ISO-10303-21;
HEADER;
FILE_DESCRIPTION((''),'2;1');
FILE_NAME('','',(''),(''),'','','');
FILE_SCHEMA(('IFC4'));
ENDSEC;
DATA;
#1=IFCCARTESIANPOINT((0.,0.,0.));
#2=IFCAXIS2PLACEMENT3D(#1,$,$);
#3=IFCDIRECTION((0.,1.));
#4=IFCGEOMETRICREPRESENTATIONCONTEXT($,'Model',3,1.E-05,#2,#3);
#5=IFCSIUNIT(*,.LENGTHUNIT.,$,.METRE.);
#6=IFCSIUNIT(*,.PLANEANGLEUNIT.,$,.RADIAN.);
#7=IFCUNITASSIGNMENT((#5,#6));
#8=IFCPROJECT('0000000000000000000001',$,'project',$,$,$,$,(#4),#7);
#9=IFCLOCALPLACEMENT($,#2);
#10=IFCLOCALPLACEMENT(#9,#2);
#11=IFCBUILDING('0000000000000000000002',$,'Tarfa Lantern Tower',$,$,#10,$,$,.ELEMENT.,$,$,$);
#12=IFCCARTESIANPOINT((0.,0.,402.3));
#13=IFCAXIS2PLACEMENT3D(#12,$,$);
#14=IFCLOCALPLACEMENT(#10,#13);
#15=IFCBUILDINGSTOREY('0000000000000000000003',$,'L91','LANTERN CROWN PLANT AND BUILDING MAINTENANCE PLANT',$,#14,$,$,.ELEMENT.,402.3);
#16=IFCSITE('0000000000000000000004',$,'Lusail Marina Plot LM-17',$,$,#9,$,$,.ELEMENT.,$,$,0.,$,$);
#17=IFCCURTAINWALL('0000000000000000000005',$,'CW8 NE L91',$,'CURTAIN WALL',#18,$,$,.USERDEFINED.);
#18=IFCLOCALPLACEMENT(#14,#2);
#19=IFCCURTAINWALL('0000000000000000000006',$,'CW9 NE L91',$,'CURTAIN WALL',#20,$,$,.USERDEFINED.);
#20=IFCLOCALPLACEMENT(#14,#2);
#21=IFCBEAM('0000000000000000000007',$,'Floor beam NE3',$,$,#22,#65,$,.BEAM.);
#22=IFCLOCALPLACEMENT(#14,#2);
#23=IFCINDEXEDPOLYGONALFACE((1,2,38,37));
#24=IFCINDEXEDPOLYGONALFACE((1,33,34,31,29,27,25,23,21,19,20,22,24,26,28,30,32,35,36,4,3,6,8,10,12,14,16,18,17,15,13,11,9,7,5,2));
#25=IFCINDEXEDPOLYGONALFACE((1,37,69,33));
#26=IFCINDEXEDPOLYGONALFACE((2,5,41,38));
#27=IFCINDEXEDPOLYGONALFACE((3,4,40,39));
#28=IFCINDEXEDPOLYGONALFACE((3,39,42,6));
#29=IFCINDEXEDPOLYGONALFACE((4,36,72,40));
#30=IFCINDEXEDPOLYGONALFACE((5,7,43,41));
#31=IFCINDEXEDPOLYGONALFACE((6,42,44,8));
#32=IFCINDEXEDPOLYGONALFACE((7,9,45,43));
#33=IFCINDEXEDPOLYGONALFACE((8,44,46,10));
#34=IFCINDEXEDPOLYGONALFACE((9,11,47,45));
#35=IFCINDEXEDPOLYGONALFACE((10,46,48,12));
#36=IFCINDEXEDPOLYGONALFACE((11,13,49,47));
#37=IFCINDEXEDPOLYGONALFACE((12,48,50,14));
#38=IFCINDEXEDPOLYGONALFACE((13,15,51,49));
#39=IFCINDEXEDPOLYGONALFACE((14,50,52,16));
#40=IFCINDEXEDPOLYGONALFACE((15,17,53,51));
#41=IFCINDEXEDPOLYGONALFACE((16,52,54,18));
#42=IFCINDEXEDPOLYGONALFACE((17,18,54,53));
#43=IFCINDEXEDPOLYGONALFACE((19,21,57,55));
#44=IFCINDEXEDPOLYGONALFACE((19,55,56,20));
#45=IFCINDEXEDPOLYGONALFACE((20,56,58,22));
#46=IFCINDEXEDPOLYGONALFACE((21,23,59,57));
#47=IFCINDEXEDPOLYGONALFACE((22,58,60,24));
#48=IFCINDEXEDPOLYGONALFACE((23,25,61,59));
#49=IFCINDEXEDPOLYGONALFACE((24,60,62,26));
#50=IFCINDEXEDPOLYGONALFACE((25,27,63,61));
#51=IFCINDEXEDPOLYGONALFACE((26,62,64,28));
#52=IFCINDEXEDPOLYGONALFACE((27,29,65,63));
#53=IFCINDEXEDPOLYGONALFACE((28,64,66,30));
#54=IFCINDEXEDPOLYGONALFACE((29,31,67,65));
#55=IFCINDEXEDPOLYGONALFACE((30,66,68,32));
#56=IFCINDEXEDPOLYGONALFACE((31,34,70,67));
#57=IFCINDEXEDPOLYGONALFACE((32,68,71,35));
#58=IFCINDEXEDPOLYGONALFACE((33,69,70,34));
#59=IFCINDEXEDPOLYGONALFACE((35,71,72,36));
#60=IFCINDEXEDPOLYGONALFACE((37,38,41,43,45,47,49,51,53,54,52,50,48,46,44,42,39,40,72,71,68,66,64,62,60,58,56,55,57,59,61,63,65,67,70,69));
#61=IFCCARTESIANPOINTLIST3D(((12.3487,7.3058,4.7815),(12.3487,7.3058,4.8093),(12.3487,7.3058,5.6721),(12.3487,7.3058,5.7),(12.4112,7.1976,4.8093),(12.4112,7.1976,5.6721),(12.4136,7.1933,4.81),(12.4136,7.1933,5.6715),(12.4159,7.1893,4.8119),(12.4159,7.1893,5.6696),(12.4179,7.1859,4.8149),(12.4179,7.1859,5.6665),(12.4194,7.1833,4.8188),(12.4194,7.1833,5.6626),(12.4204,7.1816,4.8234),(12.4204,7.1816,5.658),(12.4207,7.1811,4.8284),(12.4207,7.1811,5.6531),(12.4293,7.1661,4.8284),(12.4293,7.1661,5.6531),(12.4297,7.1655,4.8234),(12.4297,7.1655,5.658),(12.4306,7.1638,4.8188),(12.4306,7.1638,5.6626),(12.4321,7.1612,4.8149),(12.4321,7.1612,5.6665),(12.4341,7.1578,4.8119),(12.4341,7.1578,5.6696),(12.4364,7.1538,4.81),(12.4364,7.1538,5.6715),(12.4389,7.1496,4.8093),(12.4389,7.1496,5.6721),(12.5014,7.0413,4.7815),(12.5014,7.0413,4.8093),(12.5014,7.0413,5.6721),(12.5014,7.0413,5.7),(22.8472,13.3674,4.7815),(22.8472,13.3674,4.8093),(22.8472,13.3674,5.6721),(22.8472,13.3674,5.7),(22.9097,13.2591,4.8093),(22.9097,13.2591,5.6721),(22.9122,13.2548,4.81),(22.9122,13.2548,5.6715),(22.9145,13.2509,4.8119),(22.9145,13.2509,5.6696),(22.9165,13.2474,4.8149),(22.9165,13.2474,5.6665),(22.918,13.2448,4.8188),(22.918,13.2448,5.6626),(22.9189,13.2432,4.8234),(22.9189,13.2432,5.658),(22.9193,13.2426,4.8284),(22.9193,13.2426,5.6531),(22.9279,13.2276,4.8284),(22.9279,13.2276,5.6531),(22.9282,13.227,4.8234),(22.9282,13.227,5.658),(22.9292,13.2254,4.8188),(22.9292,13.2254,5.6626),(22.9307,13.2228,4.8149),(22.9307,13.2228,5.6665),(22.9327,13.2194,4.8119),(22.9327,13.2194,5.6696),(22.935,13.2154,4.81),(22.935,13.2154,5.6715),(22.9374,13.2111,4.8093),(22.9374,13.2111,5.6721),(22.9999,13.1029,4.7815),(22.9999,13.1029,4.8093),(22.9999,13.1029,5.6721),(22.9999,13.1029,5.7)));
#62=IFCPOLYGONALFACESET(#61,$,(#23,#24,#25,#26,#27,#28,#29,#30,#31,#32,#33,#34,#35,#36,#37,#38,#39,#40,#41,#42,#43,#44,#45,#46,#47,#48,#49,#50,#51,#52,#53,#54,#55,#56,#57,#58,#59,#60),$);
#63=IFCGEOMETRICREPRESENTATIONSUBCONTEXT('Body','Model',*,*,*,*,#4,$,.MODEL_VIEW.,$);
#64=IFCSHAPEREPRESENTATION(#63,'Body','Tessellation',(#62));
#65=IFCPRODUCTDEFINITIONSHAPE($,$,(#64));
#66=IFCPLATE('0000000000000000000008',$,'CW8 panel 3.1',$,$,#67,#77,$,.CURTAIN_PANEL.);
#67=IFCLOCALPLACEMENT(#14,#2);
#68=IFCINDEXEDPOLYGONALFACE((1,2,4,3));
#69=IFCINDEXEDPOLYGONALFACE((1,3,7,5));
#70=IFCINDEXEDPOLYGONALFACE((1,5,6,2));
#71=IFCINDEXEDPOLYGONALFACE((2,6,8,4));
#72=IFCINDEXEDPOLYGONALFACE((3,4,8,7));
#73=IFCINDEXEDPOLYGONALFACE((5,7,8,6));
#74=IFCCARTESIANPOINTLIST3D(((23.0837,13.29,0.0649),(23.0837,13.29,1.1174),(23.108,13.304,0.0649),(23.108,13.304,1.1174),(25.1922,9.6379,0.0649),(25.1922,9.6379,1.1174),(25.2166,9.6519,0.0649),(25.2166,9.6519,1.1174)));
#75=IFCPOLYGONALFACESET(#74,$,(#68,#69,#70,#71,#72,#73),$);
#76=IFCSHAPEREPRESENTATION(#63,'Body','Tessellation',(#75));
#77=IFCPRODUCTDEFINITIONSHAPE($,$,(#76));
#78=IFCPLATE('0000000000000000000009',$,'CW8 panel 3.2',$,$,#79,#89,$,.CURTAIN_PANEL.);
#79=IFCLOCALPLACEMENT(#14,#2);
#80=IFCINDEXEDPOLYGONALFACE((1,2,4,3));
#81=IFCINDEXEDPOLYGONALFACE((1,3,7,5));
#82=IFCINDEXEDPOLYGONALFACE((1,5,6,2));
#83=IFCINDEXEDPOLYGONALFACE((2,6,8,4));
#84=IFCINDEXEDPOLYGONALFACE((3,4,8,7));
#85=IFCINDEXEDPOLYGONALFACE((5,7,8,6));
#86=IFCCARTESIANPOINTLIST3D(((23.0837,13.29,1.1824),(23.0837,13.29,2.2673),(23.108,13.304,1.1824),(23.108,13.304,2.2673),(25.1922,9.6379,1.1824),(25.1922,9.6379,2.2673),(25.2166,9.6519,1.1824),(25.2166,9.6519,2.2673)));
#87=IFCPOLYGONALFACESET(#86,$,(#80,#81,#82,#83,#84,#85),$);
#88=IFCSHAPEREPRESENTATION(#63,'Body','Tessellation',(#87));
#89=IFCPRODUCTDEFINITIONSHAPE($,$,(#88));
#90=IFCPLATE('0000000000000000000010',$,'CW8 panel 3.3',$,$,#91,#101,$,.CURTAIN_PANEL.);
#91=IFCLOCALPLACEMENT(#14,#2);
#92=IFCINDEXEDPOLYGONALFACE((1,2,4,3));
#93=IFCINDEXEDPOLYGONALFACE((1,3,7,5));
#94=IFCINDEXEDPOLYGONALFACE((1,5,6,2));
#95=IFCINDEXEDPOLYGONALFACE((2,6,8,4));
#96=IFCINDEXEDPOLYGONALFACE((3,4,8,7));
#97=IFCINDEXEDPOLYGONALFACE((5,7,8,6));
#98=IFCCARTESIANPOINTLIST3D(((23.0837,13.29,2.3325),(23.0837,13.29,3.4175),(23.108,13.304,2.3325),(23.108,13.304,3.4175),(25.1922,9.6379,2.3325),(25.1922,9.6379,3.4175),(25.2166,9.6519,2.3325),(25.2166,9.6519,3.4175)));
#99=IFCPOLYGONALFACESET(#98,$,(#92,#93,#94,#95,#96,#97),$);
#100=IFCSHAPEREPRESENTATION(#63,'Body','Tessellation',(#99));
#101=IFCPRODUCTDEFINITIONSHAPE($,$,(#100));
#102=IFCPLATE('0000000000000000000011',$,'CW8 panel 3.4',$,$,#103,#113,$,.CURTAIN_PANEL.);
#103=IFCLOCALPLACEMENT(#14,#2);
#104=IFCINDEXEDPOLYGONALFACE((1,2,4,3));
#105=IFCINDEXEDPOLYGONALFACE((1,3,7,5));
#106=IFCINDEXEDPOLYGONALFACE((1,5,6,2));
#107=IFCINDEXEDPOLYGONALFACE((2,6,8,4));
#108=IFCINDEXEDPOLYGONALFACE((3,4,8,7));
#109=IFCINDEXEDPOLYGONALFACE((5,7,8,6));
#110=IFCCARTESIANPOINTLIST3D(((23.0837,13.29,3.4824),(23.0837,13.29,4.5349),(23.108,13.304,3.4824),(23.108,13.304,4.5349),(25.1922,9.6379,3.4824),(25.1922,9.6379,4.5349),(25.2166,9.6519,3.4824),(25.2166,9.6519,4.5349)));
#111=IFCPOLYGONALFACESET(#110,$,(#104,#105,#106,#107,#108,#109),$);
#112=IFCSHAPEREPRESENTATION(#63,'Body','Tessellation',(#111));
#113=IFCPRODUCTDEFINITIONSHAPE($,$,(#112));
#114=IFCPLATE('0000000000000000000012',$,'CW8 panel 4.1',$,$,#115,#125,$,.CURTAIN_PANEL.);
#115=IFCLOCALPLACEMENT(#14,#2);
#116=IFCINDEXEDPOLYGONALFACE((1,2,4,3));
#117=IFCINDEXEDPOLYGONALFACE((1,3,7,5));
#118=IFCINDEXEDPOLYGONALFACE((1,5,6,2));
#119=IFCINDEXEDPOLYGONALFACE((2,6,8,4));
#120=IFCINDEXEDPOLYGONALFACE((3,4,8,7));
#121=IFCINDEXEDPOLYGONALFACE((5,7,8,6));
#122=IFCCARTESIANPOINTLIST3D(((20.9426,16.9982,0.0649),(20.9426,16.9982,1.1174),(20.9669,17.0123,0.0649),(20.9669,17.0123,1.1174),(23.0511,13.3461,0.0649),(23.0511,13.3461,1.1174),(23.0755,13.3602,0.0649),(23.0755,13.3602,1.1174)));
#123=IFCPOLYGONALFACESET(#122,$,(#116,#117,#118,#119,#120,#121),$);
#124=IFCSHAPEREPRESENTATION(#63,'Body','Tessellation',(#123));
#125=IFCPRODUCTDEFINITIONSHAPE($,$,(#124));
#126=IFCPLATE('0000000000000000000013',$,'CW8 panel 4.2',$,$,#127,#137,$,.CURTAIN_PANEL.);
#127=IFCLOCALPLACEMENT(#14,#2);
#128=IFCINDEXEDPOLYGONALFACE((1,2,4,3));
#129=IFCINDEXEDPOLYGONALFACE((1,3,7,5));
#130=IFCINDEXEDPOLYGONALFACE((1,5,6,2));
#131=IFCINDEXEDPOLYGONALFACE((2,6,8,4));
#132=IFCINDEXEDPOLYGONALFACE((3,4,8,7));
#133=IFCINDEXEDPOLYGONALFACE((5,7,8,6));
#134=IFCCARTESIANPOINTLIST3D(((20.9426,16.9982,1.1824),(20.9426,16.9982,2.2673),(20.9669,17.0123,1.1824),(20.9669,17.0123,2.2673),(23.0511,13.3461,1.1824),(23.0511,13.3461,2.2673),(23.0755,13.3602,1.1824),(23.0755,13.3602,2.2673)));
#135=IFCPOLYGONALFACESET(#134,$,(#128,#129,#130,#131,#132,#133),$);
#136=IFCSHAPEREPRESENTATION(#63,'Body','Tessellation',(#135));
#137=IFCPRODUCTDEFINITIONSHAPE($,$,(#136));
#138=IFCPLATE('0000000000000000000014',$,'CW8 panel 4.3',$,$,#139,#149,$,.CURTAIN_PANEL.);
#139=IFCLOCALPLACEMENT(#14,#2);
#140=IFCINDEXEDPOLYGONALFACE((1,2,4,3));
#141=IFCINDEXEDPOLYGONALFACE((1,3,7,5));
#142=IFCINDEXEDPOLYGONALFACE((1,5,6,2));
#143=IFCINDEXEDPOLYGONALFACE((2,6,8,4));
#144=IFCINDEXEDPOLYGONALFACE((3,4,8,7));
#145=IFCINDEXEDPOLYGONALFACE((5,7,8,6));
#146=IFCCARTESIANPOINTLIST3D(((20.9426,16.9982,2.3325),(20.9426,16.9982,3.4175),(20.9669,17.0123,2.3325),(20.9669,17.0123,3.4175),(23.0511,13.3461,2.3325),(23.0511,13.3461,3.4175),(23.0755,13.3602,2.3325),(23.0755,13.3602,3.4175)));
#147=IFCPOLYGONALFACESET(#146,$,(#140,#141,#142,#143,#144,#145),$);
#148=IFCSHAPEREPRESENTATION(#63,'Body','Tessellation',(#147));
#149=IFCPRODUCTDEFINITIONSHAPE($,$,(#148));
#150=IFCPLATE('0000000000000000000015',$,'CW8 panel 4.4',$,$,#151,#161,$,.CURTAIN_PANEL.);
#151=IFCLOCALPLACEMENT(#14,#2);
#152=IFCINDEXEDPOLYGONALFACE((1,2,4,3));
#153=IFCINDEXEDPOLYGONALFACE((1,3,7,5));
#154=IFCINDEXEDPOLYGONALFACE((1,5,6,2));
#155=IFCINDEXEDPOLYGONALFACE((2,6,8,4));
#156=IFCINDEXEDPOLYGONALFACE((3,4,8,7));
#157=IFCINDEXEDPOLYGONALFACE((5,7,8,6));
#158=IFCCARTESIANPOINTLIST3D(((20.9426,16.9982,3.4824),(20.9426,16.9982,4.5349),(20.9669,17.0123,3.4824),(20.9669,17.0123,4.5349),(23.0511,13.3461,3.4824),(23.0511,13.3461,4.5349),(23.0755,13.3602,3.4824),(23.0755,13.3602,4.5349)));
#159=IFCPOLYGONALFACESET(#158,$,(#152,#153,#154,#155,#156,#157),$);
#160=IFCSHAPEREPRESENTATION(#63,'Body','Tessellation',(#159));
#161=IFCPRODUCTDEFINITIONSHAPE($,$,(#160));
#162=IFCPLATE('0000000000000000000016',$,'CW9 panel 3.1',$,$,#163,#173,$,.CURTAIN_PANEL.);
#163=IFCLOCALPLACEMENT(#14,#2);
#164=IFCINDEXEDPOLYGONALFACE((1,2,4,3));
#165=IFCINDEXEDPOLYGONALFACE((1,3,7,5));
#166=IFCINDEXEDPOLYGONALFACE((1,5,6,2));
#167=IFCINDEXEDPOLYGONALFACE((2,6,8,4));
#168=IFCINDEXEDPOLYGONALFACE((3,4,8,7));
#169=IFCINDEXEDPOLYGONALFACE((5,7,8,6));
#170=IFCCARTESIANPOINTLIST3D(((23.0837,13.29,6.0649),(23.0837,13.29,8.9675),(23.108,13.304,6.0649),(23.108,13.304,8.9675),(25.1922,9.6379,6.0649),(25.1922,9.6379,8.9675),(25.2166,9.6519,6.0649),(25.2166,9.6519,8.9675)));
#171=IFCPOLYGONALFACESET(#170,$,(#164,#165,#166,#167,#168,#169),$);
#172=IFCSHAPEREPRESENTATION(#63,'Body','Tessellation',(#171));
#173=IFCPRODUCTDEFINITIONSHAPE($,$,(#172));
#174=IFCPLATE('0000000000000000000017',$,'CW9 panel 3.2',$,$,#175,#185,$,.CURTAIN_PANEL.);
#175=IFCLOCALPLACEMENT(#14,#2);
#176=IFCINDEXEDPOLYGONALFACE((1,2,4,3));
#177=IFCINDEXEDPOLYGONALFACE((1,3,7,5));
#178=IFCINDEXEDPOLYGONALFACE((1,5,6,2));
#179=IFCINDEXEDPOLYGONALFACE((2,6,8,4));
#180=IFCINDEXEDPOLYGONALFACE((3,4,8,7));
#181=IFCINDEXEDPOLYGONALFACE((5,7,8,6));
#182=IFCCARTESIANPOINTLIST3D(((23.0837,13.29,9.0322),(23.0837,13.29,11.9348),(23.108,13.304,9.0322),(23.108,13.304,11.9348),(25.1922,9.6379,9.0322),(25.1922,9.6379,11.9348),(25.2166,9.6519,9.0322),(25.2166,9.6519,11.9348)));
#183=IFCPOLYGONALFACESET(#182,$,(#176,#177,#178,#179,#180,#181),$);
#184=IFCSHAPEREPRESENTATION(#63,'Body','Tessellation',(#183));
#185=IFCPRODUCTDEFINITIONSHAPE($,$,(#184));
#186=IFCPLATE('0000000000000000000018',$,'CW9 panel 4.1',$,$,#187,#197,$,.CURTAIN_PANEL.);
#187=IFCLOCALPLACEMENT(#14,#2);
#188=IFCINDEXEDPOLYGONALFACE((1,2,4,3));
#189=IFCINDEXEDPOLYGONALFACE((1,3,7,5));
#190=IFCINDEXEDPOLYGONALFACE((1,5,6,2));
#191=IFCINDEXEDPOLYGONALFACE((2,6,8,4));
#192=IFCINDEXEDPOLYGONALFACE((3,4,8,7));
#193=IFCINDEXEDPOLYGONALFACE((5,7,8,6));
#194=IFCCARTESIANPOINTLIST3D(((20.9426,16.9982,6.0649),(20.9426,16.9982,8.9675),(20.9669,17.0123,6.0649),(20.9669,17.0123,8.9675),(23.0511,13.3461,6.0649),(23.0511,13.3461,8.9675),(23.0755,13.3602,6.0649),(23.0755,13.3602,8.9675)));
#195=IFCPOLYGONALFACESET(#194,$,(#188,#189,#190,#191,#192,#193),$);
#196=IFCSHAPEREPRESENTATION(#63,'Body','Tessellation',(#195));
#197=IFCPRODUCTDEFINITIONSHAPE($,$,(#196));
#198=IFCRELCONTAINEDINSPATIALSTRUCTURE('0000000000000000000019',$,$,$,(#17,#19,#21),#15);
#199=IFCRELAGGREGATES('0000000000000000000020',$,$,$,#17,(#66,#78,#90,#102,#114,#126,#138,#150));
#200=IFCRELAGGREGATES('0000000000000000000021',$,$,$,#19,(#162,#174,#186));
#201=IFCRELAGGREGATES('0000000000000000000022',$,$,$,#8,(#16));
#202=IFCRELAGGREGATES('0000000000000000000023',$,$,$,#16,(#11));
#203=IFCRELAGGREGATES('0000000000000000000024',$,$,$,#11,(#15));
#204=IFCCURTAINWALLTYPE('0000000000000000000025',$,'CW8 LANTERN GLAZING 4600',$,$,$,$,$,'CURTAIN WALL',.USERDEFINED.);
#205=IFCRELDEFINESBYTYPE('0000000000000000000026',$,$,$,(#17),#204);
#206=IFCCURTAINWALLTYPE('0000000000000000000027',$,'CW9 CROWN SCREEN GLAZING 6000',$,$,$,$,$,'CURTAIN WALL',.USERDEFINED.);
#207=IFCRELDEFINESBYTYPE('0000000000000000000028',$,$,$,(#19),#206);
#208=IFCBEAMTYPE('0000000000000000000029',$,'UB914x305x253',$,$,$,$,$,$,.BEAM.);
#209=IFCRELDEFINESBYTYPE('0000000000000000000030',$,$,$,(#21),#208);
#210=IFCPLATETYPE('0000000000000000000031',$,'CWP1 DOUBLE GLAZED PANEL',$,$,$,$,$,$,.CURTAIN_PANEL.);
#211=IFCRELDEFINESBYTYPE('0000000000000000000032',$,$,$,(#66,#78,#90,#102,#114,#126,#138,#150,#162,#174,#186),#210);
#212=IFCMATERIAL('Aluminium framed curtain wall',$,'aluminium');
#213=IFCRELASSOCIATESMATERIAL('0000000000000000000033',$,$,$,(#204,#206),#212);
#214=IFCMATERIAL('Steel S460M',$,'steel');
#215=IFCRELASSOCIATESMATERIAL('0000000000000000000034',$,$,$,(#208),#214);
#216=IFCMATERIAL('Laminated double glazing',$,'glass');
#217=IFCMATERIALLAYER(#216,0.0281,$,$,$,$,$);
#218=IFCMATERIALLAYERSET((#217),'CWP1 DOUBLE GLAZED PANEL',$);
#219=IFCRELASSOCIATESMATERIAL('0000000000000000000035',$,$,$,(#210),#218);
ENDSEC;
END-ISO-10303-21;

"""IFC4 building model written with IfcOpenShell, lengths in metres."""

from ifc_helpers import new_model, si_unit, direction, frame, origin, origin_2d, place, context, subcontext, project, spatial, rectangle, i_section, extrude, material, layer, layer_set, material_profile, profile_set, type_object, element, aggregate, save


model = new_model("IFC4")

# Units and contexts
model_context = context("Model", 3, precision=1e-05, world=origin(), true_north=direction((0.0, 1.0)))
body_context = subcontext(model_context, "Body", "Model", "MODEL_VIEW")
ifc_project = project(units=[si_unit("LENGTHUNIT", "METRE"), si_unit("PLANEANGLEUNIT", "RADIAN")], contexts=[model_context])

# Site, building, storey
site_placement = place(None, origin())
site = spatial("IfcSite", under=ifc_project, at=site_placement, Name="Lusail Marina Plot LM-17", CompositionType="ELEMENT", RefElevation=0.0)
building_placement = place(site_placement, origin())
building = spatial("IfcBuilding", under=site, at=building_placement, Name="Tarfa Lantern Tower", CompositionType="ELEMENT")
storey_placement = place(building_placement, frame((0.0, 0.0, 402.3)))
storey = spatial("IfcBuildingStorey", under=building, at=storey_placement, Name="L91", Description="LANTERN CROWN PLANT AND BUILDING MAINTENANCE PLANT", CompositionType="ELEMENT", Elevation=402.3)

# Curtain walls
ifc_material_1 = material(Name="Aluminium framed curtain wall", Category="aluminium")
curtain_wall_type_1 = type_object("IfcCurtainWallType", Name="CW8 LANTERN GLAZING 4600", ElementType="CURTAIN WALL", PredefinedType="USERDEFINED", material=ifc_material_1)
curtain_wall_1_placement = place(storey_placement, origin())
curtain_wall_1 = element("IfcCurtainWall", 1, at=curtain_wall_1_placement, inside=storey, type_object=curtain_wall_type_1, Name="CW8 NE L91", ObjectType="CURTAIN WALL", PredefinedType="USERDEFINED")
curtain_wall_type_2 = type_object("IfcCurtainWallType", Name="CW9 CROWN SCREEN GLAZING 6000", ElementType="CURTAIN WALL", PredefinedType="USERDEFINED", material=ifc_material_1)
curtain_wall_2_placement = place(storey_placement, origin())
curtain_wall_2 = element("IfcCurtainWall", 2, at=curtain_wall_2_placement, inside=storey, type_object=curtain_wall_type_2, Name="CW9 NE L91", ObjectType="CURTAIN WALL", PredefinedType="USERDEFINED")

# Beam
ifc_material_2 = material(Name="Steel S460M", Category="steel")
ifc_material_profile_1 = material_profile(ifc_material_2, i_section(OverallWidth=0.3054, OverallDepth=0.9185, WebThickness=0.0173, FlangeThickness=0.0278, FilletRadius=0.019, at=origin_2d()), Name="UB914x305x253")
ifc_profile_set_1 = profile_set([ifc_material_profile_1], Name="Steel S460M")
beam_type_1 = type_object("IfcBeamType", Name="UB914x305x253", PredefinedType="BEAM", material=ifc_profile_set_1)
beam_1_placement = place(storey_placement, frame((22.9236, 13.2351, 5.2407), z_axis=(-0.866019, -0.500012, 0.0), x_axis=(0.500012, -0.866019, 0.0)))
element("IfcBeam", 3, at=beam_1_placement, inside=storey, type_object=beam_type_1, Name="Floor beam NE3", PredefinedType="BEAM", context=body_context, shape_type="SweptSolid", body=[
    extrude(i_section(OverallWidth=0.3054, OverallDepth=0.9185, WebThickness=0.0173, FlangeThickness=0.0278, FilletRadius=0.019, at=origin_2d()), origin(), (0.0, 0.0, 1.0), 12.1228),
])

# Plates
ifc_material_3 = material(Name="Laminated double glazing", Category="glass")
ifc_layer = layer(ifc_material_3, 0.0281)
ifc_layer_set = layer_set([ifc_layer], Name="CWP1 DOUBLE GLAZED PANEL")
plate_type = type_object("IfcPlateType", Name="CWP1 DOUBLE GLAZED PANEL", PredefinedType="CURTAIN_PANEL", material=ifc_layer_set)
plate_1_placement = place(storey_placement, frame((24.1501, 11.4709, 0.0649), z_axis=(0.0, 0.0, 1.0), x_axis=(-0.5, 0.866025, 0.0)))
plate_1 = element("IfcPlate", 4, at=plate_1_placement, type_object=plate_type, Name="CW8 panel 3.1", PredefinedType="CURTAIN_PANEL", context=body_context, shape_type="SweptSolid", body=[
    extrude(rectangle(XDim=4.217, YDim=0.0281, at=origin_2d()), origin(), (0.0, 0.0, 1.0), 1.0525),
])
plate_2_placement = place(storey_placement, frame((24.1501, 11.4709, 1.1824), z_axis=(0.0, 0.0, 1.0), x_axis=(-0.5, 0.866025, 0.0)))
plate_2 = element("IfcPlate", 5, at=plate_2_placement, type_object=plate_type, Name="CW8 panel 3.2", PredefinedType="CURTAIN_PANEL", context=body_context, shape_type="SweptSolid", body=[
    extrude(rectangle(XDim=4.217, YDim=0.0281, at=origin_2d()), origin(), (0.0, 0.0, 1.0), 1.085),
])
plate_3_placement = place(storey_placement, frame((24.1501, 11.4709, 2.3325), z_axis=(0.0, 0.0, 1.0), x_axis=(-0.5, 0.866025, 0.0)))
plate_3 = element("IfcPlate", 6, at=plate_3_placement, type_object=plate_type, Name="CW8 panel 3.3", PredefinedType="CURTAIN_PANEL", context=body_context, shape_type="SweptSolid", body=[
    extrude(rectangle(XDim=4.217, YDim=0.0281, at=origin_2d()), origin(), (0.0, 0.0, 1.0), 1.085),
])
plate_4_placement = place(storey_placement, frame((24.1501, 11.4709, 3.4824), z_axis=(0.0, 0.0, 1.0), x_axis=(-0.5, 0.866025, 0.0)))
plate_4 = element("IfcPlate", 7, at=plate_4_placement, type_object=plate_type, Name="CW8 panel 3.4", PredefinedType="CURTAIN_PANEL", context=body_context, shape_type="SweptSolid", body=[
    extrude(rectangle(XDim=4.217, YDim=0.0281, at=origin_2d()), origin(), (0.0, 0.0, 1.0), 1.0525),
])
plate_5_placement = place(storey_placement, frame((22.009, 15.1792, 0.0649), z_axis=(0.0, 0.0, 1.0), x_axis=(-0.5, 0.866025, 0.0)))
plate_5 = element("IfcPlate", 8, at=plate_5_placement, type_object=plate_type, Name="CW8 panel 4.1", PredefinedType="CURTAIN_PANEL", context=body_context, shape_type="SweptSolid", body=[
    extrude(rectangle(XDim=4.217, YDim=0.0281, at=origin_2d()), origin(), (0.0, 0.0, 1.0), 1.0525),
])
plate_6_placement = place(storey_placement, frame((22.009, 15.1792, 1.1824), z_axis=(0.0, 0.0, 1.0), x_axis=(-0.5, 0.866025, 0.0)))
plate_6 = element("IfcPlate", 9, at=plate_6_placement, type_object=plate_type, Name="CW8 panel 4.2", PredefinedType="CURTAIN_PANEL", context=body_context, shape_type="SweptSolid", body=[
    extrude(rectangle(XDim=4.217, YDim=0.0281, at=origin_2d()), origin(), (0.0, 0.0, 1.0), 1.085),
])
plate_7_placement = place(storey_placement, frame((22.009, 15.1792, 2.3325), z_axis=(0.0, 0.0, 1.0), x_axis=(-0.5, 0.866025, 0.0)))
plate_7 = element("IfcPlate", 10, at=plate_7_placement, type_object=plate_type, Name="CW8 panel 4.3", PredefinedType="CURTAIN_PANEL", context=body_context, shape_type="SweptSolid", body=[
    extrude(rectangle(XDim=4.217, YDim=0.0281, at=origin_2d()), origin(), (0.0, 0.0, 1.0), 1.085),
])
plate_8_placement = place(storey_placement, frame((22.009, 15.1792, 3.4824), z_axis=(0.0, 0.0, 1.0), x_axis=(-0.5, 0.866025, 0.0)))
plate_8 = element("IfcPlate", 11, at=plate_8_placement, type_object=plate_type, Name="CW8 panel 4.4", PredefinedType="CURTAIN_PANEL", context=body_context, shape_type="SweptSolid", body=[
    extrude(rectangle(XDim=4.217, YDim=0.0281, at=origin_2d()), origin(), (0.0, 0.0, 1.0), 1.0525),
])
aggregate(curtain_wall_1, [plate_1, plate_2, plate_3, plate_4, plate_5, plate_6, plate_7, plate_8])
plate_9_placement = place(storey_placement, frame((24.1501, 11.4709, 6.0649), z_axis=(0.0, 0.0, 1.0), x_axis=(-0.5, 0.866025, 0.0)))
plate_9 = element("IfcPlate", 12, at=plate_9_placement, type_object=plate_type, Name="CW9 panel 3.1", PredefinedType="CURTAIN_PANEL", context=body_context, shape_type="SweptSolid", body=[
    extrude(rectangle(XDim=4.217, YDim=0.0281, at=origin_2d()), origin(), (0.0, 0.0, 1.0), 2.9026),
])
plate_10_placement = place(storey_placement, frame((24.1501, 11.4709, 9.0322), z_axis=(0.0, 0.0, 1.0), x_axis=(-0.5, 0.866025, 0.0)))
plate_10 = element("IfcPlate", 13, at=plate_10_placement, type_object=plate_type, Name="CW9 panel 3.2", PredefinedType="CURTAIN_PANEL", context=body_context, shape_type="SweptSolid", body=[
    extrude(rectangle(XDim=4.217, YDim=0.0281, at=origin_2d()), origin(), (0.0, 0.0, 1.0), 2.9026),
])
plate_11_placement = place(storey_placement, frame((22.009, 15.1792, 6.0649), z_axis=(0.0, 0.0, 1.0), x_axis=(-0.5, 0.866025, 0.0)))
plate_11 = element("IfcPlate", 14, at=plate_11_placement, type_object=plate_type, Name="CW9 panel 4.1", PredefinedType="CURTAIN_PANEL", context=body_context, shape_type="SweptSolid", body=[
    extrude(rectangle(XDim=4.217, YDim=0.0281, at=origin_2d()), origin(), (0.0, 0.0, 1.0), 2.9026),
])
aggregate(curtain_wall_2, [plate_9, plate_10, plate_11])

save(model, "model.ifc")
